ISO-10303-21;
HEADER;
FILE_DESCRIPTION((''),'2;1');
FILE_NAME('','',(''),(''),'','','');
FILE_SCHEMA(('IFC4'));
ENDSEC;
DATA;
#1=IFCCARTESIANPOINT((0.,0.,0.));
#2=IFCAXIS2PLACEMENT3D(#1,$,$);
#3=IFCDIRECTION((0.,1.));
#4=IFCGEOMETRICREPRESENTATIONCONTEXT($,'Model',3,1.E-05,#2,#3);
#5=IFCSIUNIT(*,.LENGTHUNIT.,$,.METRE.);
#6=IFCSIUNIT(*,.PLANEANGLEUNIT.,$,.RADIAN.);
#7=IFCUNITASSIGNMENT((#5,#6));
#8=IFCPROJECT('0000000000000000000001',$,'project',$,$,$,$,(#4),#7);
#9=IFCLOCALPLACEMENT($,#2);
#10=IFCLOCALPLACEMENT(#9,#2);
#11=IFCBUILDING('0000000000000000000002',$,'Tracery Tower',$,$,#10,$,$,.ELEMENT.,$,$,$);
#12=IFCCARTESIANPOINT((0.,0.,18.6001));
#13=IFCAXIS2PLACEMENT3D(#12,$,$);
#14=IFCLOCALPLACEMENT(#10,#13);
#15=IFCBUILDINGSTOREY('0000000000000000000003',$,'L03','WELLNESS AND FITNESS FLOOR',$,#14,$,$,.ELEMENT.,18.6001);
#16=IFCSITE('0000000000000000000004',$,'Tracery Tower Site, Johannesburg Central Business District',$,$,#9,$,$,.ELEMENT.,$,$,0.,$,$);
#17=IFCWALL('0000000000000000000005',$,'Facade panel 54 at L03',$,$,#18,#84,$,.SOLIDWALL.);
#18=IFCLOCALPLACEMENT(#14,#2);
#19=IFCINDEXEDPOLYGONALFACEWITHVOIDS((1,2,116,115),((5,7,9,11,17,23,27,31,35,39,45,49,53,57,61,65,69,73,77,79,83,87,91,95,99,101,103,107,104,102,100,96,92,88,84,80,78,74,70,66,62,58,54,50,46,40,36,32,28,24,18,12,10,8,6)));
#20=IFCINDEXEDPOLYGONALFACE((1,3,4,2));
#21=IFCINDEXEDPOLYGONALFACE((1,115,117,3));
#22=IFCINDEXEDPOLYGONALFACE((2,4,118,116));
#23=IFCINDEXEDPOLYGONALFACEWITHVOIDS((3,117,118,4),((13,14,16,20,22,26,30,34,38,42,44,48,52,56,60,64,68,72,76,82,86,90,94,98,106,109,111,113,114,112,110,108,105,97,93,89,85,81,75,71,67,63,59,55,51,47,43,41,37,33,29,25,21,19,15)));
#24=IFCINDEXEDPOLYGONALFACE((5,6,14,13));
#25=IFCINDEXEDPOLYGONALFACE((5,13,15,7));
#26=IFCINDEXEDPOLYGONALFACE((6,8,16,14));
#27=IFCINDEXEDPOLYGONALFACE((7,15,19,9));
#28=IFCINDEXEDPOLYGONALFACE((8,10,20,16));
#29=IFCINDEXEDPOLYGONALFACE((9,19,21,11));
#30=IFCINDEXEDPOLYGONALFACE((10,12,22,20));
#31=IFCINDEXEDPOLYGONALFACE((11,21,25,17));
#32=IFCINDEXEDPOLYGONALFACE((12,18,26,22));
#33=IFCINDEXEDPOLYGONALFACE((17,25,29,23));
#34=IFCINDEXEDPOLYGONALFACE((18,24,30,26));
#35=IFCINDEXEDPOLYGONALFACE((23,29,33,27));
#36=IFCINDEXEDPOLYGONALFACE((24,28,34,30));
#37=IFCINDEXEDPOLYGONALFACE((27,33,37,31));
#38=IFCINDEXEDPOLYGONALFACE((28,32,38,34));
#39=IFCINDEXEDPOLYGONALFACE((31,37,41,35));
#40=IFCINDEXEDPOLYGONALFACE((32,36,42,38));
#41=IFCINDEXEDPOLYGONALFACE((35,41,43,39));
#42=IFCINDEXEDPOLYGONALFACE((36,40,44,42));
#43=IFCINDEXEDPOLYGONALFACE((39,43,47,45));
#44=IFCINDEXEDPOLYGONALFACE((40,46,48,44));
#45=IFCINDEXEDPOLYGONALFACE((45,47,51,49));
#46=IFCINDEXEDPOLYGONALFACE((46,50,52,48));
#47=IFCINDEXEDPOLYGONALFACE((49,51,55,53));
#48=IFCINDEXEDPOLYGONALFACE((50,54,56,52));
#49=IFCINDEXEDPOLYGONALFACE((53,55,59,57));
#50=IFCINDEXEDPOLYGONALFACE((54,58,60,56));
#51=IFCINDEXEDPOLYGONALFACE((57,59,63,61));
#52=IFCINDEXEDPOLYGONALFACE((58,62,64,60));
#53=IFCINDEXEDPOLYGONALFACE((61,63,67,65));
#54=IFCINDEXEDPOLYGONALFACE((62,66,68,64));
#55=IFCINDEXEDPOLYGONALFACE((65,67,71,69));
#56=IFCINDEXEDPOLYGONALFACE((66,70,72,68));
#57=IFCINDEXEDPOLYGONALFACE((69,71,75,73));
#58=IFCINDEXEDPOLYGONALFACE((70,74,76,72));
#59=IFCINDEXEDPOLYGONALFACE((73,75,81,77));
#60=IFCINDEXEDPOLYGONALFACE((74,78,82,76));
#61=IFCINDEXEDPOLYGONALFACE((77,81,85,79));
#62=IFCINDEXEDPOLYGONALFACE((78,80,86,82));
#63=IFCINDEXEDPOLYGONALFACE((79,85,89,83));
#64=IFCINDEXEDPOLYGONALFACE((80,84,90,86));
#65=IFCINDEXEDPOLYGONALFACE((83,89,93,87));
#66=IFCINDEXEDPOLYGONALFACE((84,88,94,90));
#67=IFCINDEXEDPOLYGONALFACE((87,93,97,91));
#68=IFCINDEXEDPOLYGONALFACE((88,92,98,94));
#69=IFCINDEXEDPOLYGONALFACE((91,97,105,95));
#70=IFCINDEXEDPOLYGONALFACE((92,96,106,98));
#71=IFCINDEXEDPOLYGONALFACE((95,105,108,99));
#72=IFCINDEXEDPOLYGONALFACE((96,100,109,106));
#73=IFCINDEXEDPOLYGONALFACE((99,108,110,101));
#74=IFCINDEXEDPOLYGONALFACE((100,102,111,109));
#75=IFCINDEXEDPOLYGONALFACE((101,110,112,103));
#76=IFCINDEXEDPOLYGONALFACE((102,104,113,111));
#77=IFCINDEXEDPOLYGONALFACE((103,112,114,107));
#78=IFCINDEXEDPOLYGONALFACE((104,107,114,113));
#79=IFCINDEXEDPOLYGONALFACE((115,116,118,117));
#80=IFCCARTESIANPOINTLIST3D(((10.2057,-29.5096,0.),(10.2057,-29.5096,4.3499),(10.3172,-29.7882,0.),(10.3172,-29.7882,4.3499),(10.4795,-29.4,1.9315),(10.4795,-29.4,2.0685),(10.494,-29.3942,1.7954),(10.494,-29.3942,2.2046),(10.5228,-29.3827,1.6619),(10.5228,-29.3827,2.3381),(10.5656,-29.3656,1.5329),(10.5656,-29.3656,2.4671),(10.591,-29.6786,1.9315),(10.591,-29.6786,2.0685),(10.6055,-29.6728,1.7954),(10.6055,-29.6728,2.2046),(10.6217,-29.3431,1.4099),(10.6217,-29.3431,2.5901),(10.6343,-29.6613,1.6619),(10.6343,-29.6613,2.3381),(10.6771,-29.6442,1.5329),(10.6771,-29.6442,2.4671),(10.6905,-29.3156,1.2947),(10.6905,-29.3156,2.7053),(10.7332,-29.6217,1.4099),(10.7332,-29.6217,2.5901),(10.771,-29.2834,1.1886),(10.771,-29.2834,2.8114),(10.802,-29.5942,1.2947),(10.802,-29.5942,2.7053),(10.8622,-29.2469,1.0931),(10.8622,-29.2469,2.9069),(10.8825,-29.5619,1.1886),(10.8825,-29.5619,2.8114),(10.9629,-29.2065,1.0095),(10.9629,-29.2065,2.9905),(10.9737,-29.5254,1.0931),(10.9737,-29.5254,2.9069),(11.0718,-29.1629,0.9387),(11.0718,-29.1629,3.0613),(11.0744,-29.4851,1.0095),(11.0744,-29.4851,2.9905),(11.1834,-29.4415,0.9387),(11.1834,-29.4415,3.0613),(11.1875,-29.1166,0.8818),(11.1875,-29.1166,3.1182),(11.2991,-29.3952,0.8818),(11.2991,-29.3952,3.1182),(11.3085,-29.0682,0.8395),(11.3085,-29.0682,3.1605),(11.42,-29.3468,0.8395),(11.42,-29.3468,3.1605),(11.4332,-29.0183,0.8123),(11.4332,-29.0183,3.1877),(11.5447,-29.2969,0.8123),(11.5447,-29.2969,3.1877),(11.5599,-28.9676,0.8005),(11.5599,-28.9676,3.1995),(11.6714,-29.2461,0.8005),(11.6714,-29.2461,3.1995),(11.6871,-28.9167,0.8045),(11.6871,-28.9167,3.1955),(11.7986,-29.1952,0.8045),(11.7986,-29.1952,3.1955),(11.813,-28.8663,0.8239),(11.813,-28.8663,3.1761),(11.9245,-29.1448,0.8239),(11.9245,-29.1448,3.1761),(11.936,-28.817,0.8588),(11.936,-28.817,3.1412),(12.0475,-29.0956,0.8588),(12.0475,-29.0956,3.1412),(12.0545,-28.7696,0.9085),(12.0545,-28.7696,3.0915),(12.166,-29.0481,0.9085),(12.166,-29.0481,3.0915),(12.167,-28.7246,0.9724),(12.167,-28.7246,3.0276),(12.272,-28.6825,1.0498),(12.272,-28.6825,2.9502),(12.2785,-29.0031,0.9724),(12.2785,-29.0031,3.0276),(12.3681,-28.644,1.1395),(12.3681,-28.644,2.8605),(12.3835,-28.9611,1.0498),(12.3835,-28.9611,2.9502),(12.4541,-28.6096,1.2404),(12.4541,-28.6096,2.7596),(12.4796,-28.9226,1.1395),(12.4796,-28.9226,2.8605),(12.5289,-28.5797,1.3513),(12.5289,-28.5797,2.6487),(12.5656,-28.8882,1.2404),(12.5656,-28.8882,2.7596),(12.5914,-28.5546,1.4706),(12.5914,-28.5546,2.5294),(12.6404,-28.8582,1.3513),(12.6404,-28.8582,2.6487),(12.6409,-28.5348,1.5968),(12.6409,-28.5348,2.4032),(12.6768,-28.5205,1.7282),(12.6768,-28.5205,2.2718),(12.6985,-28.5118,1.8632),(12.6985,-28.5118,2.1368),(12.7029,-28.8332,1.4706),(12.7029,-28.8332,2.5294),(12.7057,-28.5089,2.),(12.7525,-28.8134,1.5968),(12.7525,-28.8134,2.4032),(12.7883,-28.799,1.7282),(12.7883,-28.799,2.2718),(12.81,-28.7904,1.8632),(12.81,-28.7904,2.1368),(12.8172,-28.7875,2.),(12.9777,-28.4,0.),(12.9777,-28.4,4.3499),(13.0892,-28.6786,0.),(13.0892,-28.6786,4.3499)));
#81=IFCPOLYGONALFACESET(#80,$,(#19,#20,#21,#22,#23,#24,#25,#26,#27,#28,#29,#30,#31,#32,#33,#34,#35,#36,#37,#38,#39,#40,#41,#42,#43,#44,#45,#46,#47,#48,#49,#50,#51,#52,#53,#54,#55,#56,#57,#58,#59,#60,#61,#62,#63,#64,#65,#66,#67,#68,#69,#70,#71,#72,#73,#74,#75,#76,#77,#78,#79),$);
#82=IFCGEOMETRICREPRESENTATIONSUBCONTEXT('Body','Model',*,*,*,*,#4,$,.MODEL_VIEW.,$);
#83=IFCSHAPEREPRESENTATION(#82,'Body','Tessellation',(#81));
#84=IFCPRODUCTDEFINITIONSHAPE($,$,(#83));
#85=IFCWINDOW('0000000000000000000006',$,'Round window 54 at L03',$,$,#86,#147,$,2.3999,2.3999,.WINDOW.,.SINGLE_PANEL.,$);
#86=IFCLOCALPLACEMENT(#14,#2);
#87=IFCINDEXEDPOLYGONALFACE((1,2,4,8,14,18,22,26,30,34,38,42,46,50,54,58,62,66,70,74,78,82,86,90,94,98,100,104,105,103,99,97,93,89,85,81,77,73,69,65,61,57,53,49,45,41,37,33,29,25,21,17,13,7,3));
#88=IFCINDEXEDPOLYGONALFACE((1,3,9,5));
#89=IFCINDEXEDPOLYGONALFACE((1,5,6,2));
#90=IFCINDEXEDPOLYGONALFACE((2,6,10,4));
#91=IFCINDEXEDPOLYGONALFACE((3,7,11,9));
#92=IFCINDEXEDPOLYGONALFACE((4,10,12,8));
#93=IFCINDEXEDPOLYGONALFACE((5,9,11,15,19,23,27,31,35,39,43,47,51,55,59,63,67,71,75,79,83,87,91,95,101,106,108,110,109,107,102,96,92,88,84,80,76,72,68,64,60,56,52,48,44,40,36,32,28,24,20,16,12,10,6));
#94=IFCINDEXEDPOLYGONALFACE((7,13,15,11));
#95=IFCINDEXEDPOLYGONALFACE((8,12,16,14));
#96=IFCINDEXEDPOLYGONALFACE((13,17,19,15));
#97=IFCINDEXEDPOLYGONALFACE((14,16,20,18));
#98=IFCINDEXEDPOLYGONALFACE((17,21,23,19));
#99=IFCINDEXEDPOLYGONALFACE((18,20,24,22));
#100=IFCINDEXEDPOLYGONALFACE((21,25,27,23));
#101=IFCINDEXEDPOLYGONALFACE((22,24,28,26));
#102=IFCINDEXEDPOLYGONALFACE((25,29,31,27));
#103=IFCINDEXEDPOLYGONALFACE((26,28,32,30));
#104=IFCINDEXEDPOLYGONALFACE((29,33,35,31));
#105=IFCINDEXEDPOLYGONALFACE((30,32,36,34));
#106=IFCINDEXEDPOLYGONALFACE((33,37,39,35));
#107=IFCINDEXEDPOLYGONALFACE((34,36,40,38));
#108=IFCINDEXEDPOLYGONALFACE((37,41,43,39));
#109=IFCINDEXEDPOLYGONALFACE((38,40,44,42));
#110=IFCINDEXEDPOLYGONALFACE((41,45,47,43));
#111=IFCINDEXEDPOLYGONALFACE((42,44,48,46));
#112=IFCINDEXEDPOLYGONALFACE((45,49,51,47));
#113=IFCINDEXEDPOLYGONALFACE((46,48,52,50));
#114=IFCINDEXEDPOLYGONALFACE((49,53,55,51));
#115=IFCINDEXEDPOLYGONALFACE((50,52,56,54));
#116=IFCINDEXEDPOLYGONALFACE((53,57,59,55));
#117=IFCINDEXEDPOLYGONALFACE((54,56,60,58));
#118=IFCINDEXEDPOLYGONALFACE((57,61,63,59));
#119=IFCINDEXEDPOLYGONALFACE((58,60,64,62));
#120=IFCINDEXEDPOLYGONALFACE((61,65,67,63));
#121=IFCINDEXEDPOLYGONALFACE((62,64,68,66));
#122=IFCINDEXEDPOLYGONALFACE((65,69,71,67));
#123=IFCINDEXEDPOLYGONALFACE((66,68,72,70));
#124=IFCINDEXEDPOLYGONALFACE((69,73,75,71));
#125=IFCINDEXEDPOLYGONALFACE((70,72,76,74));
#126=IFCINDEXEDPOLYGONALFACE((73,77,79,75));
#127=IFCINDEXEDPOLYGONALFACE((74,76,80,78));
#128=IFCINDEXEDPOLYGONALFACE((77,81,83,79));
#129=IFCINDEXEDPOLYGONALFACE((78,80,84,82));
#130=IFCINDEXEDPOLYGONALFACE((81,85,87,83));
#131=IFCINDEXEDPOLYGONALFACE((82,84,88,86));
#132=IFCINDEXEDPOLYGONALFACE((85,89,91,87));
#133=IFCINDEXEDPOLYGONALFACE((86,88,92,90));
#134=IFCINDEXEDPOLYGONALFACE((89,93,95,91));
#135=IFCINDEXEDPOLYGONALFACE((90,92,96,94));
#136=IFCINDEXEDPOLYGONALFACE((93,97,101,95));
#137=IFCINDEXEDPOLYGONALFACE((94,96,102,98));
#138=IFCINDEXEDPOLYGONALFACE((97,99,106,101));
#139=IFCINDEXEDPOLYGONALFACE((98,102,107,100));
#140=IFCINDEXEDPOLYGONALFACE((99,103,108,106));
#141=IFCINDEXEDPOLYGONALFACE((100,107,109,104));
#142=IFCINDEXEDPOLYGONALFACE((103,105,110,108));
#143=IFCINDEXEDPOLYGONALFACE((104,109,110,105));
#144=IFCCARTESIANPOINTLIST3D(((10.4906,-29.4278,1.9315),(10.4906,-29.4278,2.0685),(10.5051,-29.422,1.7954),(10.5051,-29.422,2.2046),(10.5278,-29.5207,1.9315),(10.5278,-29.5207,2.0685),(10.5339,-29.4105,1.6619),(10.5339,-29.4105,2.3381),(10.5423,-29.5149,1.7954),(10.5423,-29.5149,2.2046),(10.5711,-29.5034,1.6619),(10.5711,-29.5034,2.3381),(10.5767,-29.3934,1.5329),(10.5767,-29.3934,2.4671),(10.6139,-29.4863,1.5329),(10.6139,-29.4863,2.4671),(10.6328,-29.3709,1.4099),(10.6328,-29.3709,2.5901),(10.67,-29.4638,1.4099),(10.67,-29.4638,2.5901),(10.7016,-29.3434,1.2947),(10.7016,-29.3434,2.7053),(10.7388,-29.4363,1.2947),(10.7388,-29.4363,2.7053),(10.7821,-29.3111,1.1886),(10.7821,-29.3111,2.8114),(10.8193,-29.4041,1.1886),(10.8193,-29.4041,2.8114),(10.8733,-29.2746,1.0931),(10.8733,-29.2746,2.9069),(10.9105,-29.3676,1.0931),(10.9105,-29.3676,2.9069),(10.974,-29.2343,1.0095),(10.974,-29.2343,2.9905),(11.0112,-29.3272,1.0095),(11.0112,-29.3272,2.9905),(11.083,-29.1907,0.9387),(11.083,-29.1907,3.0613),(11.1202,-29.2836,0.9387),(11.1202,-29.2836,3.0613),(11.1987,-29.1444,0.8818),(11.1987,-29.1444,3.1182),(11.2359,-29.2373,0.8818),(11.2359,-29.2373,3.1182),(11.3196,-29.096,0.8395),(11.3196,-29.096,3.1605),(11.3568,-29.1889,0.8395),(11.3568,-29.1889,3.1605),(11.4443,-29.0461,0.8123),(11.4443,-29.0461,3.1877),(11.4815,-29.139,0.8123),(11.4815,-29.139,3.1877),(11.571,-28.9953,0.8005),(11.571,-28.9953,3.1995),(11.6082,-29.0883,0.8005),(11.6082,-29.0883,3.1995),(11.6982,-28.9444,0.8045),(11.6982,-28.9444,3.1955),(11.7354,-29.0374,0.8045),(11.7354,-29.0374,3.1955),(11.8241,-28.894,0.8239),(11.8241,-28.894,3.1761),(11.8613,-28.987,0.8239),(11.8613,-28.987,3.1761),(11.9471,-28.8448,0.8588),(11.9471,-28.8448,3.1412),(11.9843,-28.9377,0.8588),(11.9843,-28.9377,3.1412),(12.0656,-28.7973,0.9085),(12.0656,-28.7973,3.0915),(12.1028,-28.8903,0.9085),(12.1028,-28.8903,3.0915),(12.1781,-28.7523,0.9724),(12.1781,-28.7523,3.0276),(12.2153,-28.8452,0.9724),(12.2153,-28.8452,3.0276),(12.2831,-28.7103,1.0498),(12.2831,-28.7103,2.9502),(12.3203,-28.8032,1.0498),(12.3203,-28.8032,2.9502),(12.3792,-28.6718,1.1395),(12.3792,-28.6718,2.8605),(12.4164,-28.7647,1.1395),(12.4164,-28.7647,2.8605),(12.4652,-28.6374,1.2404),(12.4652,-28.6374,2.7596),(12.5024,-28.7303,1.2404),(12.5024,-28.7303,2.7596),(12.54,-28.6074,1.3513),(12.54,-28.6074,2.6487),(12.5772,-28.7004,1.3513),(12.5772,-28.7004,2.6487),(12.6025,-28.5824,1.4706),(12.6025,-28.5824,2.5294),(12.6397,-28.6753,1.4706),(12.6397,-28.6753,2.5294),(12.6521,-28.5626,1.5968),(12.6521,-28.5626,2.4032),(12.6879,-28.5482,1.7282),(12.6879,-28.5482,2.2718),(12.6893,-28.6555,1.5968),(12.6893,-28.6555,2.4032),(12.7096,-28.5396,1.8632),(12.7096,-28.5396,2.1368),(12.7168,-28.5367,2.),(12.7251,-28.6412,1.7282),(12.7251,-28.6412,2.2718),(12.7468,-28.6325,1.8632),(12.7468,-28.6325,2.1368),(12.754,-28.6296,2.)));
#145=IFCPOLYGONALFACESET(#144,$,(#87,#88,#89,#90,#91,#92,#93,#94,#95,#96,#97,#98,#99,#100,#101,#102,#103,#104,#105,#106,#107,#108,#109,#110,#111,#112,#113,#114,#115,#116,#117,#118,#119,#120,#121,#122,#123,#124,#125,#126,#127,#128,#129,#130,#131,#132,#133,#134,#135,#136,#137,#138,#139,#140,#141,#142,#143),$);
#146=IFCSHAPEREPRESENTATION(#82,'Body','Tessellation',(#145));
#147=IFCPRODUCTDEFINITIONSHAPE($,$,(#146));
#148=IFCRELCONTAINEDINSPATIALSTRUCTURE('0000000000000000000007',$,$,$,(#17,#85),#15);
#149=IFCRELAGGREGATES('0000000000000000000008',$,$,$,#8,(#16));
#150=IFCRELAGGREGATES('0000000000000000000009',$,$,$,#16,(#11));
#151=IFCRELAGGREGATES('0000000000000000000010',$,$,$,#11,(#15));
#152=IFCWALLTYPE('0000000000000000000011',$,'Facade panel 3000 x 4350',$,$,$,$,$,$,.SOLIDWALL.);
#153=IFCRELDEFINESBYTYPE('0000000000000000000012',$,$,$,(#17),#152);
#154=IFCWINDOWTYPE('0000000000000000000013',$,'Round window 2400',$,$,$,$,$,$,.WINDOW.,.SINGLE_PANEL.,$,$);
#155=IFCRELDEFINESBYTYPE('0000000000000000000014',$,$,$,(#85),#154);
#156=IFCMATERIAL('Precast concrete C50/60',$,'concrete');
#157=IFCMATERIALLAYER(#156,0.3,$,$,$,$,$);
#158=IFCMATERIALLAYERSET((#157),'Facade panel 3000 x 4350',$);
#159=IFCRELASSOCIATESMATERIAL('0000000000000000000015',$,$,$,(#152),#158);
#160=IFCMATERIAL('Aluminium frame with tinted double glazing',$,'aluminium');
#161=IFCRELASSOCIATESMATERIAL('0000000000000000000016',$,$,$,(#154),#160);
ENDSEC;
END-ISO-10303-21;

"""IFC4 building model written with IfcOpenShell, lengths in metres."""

from ifc_helpers import new_model, si_unit, direction, frame, frame_2d, origin, origin_2d, place, context, subcontext, project, spatial, rectangle, circle, extrude, material, layer, layer_set, type_object, element, fill, save


model = new_model("IFC4")

# Units and contexts
model_context = context("Model", 3, precision=1e-05, world=origin(), true_north=direction((0.0, 1.0)))
body_context = subcontext(model_context, "Body", "Model", "MODEL_VIEW")
ifc_project = project(units=[si_unit("LENGTHUNIT", "METRE"), si_unit("PLANEANGLEUNIT", "RADIAN")], contexts=[model_context])

# Site, building, storey
site_placement = place(None, origin())
site = spatial("IfcSite", under=ifc_project, at=site_placement, Name="Tracery Tower Site, Johannesburg Central Business District", CompositionType="ELEMENT", RefElevation=0.0)
building_placement = place(site_placement, origin())
building = spatial("IfcBuilding", under=site, at=building_placement, Name="Tracery Tower", CompositionType="ELEMENT")
storey_placement = place(building_placement, frame((0.0, 0.0, 18.6001)))
storey = spatial("IfcBuildingStorey", under=building, at=storey_placement, Name="L03", Description="WELLNESS AND FITNESS FLOOR", CompositionType="ELEMENT", Elevation=18.6001)

# Wall, opening, window
ifc_material_1 = material(Name="Precast concrete C50/60", Category="concrete")
ifc_layer_1 = layer(ifc_material_1, 0.3)
ifc_layer_set_1 = layer_set([ifc_layer_1], Name="Facade panel 3000 x 4350")
wall_type_1 = type_object("IfcWallType", Name="Facade panel 3000 x 4350", PredefinedType="SOLIDWALL", material=ifc_layer_set_1)
ifc_material_2 = material(Name="Aluminium frame with tinted double glazing", Category="aluminium")
window_type = type_object("IfcWindowType", Name="Round window 2400", PartitioningType="SINGLE_PANEL", PredefinedType="WINDOW", material=ifc_material_2)
wall_1_placement = place(storey_placement, frame((10.2615, -29.6489, 0.0), z_axis=(0.0, 0.0, 1.0), x_axis=(0.928381, 0.37163, 0.0)))
wall_1 = element("IfcWall", 1, at=wall_1_placement, inside=storey, type_object=wall_type_1, Name="Facade panel 54 at L03", PredefinedType="SOLIDWALL", context=body_context, shape_type="SweptSolid", body=[
    extrude(rectangle(XDim=2.9858, YDim=0.3, at=frame_2d((1.4929, 0.0))), origin(), (0.0, 0.0, 1.0), 4.3499),
])
opening_1_placement = place(wall_1_placement, frame((1.4929, 0.0, 2.0)))
opening_1 = element("IfcOpeningElement", 2, at=opening_1_placement, cuts=wall_1, PredefinedType="OPENING", context=body_context, shape_type="SweptSolid", body=[
    extrude(circle(Radius=1.2, at=origin_2d()), frame((0.0, 0.1599, 0.0), z_axis=(0.0, -1.0, 0.0), x_axis=(1.0, 0.0, 0.0)), (0.0, 0.0, 1.0), 0.3201),
])
window_1_placement = place(opening_1_placement, origin())
window_1 = element("IfcWindow", 3, at=window_1_placement, inside=storey, type_object=window_type, Name="Round window 54 at L03", OverallHeight=2.3999, OverallWidth=2.3999, PartitioningType="SINGLE_PANEL", PredefinedType="WINDOW", context=body_context, shape_type="SweptSolid", body=[
    extrude(circle(Radius=1.2, at=origin_2d()), frame((0.0, 0.1201, 0.0), z_axis=(0.0, -1.0, 0.0), x_axis=(1.0, 0.0, 0.0)), (0.0, 0.0, 1.0), 0.1001),
])
fill(opening_1, window_1)

save(model, "model.ifc")
